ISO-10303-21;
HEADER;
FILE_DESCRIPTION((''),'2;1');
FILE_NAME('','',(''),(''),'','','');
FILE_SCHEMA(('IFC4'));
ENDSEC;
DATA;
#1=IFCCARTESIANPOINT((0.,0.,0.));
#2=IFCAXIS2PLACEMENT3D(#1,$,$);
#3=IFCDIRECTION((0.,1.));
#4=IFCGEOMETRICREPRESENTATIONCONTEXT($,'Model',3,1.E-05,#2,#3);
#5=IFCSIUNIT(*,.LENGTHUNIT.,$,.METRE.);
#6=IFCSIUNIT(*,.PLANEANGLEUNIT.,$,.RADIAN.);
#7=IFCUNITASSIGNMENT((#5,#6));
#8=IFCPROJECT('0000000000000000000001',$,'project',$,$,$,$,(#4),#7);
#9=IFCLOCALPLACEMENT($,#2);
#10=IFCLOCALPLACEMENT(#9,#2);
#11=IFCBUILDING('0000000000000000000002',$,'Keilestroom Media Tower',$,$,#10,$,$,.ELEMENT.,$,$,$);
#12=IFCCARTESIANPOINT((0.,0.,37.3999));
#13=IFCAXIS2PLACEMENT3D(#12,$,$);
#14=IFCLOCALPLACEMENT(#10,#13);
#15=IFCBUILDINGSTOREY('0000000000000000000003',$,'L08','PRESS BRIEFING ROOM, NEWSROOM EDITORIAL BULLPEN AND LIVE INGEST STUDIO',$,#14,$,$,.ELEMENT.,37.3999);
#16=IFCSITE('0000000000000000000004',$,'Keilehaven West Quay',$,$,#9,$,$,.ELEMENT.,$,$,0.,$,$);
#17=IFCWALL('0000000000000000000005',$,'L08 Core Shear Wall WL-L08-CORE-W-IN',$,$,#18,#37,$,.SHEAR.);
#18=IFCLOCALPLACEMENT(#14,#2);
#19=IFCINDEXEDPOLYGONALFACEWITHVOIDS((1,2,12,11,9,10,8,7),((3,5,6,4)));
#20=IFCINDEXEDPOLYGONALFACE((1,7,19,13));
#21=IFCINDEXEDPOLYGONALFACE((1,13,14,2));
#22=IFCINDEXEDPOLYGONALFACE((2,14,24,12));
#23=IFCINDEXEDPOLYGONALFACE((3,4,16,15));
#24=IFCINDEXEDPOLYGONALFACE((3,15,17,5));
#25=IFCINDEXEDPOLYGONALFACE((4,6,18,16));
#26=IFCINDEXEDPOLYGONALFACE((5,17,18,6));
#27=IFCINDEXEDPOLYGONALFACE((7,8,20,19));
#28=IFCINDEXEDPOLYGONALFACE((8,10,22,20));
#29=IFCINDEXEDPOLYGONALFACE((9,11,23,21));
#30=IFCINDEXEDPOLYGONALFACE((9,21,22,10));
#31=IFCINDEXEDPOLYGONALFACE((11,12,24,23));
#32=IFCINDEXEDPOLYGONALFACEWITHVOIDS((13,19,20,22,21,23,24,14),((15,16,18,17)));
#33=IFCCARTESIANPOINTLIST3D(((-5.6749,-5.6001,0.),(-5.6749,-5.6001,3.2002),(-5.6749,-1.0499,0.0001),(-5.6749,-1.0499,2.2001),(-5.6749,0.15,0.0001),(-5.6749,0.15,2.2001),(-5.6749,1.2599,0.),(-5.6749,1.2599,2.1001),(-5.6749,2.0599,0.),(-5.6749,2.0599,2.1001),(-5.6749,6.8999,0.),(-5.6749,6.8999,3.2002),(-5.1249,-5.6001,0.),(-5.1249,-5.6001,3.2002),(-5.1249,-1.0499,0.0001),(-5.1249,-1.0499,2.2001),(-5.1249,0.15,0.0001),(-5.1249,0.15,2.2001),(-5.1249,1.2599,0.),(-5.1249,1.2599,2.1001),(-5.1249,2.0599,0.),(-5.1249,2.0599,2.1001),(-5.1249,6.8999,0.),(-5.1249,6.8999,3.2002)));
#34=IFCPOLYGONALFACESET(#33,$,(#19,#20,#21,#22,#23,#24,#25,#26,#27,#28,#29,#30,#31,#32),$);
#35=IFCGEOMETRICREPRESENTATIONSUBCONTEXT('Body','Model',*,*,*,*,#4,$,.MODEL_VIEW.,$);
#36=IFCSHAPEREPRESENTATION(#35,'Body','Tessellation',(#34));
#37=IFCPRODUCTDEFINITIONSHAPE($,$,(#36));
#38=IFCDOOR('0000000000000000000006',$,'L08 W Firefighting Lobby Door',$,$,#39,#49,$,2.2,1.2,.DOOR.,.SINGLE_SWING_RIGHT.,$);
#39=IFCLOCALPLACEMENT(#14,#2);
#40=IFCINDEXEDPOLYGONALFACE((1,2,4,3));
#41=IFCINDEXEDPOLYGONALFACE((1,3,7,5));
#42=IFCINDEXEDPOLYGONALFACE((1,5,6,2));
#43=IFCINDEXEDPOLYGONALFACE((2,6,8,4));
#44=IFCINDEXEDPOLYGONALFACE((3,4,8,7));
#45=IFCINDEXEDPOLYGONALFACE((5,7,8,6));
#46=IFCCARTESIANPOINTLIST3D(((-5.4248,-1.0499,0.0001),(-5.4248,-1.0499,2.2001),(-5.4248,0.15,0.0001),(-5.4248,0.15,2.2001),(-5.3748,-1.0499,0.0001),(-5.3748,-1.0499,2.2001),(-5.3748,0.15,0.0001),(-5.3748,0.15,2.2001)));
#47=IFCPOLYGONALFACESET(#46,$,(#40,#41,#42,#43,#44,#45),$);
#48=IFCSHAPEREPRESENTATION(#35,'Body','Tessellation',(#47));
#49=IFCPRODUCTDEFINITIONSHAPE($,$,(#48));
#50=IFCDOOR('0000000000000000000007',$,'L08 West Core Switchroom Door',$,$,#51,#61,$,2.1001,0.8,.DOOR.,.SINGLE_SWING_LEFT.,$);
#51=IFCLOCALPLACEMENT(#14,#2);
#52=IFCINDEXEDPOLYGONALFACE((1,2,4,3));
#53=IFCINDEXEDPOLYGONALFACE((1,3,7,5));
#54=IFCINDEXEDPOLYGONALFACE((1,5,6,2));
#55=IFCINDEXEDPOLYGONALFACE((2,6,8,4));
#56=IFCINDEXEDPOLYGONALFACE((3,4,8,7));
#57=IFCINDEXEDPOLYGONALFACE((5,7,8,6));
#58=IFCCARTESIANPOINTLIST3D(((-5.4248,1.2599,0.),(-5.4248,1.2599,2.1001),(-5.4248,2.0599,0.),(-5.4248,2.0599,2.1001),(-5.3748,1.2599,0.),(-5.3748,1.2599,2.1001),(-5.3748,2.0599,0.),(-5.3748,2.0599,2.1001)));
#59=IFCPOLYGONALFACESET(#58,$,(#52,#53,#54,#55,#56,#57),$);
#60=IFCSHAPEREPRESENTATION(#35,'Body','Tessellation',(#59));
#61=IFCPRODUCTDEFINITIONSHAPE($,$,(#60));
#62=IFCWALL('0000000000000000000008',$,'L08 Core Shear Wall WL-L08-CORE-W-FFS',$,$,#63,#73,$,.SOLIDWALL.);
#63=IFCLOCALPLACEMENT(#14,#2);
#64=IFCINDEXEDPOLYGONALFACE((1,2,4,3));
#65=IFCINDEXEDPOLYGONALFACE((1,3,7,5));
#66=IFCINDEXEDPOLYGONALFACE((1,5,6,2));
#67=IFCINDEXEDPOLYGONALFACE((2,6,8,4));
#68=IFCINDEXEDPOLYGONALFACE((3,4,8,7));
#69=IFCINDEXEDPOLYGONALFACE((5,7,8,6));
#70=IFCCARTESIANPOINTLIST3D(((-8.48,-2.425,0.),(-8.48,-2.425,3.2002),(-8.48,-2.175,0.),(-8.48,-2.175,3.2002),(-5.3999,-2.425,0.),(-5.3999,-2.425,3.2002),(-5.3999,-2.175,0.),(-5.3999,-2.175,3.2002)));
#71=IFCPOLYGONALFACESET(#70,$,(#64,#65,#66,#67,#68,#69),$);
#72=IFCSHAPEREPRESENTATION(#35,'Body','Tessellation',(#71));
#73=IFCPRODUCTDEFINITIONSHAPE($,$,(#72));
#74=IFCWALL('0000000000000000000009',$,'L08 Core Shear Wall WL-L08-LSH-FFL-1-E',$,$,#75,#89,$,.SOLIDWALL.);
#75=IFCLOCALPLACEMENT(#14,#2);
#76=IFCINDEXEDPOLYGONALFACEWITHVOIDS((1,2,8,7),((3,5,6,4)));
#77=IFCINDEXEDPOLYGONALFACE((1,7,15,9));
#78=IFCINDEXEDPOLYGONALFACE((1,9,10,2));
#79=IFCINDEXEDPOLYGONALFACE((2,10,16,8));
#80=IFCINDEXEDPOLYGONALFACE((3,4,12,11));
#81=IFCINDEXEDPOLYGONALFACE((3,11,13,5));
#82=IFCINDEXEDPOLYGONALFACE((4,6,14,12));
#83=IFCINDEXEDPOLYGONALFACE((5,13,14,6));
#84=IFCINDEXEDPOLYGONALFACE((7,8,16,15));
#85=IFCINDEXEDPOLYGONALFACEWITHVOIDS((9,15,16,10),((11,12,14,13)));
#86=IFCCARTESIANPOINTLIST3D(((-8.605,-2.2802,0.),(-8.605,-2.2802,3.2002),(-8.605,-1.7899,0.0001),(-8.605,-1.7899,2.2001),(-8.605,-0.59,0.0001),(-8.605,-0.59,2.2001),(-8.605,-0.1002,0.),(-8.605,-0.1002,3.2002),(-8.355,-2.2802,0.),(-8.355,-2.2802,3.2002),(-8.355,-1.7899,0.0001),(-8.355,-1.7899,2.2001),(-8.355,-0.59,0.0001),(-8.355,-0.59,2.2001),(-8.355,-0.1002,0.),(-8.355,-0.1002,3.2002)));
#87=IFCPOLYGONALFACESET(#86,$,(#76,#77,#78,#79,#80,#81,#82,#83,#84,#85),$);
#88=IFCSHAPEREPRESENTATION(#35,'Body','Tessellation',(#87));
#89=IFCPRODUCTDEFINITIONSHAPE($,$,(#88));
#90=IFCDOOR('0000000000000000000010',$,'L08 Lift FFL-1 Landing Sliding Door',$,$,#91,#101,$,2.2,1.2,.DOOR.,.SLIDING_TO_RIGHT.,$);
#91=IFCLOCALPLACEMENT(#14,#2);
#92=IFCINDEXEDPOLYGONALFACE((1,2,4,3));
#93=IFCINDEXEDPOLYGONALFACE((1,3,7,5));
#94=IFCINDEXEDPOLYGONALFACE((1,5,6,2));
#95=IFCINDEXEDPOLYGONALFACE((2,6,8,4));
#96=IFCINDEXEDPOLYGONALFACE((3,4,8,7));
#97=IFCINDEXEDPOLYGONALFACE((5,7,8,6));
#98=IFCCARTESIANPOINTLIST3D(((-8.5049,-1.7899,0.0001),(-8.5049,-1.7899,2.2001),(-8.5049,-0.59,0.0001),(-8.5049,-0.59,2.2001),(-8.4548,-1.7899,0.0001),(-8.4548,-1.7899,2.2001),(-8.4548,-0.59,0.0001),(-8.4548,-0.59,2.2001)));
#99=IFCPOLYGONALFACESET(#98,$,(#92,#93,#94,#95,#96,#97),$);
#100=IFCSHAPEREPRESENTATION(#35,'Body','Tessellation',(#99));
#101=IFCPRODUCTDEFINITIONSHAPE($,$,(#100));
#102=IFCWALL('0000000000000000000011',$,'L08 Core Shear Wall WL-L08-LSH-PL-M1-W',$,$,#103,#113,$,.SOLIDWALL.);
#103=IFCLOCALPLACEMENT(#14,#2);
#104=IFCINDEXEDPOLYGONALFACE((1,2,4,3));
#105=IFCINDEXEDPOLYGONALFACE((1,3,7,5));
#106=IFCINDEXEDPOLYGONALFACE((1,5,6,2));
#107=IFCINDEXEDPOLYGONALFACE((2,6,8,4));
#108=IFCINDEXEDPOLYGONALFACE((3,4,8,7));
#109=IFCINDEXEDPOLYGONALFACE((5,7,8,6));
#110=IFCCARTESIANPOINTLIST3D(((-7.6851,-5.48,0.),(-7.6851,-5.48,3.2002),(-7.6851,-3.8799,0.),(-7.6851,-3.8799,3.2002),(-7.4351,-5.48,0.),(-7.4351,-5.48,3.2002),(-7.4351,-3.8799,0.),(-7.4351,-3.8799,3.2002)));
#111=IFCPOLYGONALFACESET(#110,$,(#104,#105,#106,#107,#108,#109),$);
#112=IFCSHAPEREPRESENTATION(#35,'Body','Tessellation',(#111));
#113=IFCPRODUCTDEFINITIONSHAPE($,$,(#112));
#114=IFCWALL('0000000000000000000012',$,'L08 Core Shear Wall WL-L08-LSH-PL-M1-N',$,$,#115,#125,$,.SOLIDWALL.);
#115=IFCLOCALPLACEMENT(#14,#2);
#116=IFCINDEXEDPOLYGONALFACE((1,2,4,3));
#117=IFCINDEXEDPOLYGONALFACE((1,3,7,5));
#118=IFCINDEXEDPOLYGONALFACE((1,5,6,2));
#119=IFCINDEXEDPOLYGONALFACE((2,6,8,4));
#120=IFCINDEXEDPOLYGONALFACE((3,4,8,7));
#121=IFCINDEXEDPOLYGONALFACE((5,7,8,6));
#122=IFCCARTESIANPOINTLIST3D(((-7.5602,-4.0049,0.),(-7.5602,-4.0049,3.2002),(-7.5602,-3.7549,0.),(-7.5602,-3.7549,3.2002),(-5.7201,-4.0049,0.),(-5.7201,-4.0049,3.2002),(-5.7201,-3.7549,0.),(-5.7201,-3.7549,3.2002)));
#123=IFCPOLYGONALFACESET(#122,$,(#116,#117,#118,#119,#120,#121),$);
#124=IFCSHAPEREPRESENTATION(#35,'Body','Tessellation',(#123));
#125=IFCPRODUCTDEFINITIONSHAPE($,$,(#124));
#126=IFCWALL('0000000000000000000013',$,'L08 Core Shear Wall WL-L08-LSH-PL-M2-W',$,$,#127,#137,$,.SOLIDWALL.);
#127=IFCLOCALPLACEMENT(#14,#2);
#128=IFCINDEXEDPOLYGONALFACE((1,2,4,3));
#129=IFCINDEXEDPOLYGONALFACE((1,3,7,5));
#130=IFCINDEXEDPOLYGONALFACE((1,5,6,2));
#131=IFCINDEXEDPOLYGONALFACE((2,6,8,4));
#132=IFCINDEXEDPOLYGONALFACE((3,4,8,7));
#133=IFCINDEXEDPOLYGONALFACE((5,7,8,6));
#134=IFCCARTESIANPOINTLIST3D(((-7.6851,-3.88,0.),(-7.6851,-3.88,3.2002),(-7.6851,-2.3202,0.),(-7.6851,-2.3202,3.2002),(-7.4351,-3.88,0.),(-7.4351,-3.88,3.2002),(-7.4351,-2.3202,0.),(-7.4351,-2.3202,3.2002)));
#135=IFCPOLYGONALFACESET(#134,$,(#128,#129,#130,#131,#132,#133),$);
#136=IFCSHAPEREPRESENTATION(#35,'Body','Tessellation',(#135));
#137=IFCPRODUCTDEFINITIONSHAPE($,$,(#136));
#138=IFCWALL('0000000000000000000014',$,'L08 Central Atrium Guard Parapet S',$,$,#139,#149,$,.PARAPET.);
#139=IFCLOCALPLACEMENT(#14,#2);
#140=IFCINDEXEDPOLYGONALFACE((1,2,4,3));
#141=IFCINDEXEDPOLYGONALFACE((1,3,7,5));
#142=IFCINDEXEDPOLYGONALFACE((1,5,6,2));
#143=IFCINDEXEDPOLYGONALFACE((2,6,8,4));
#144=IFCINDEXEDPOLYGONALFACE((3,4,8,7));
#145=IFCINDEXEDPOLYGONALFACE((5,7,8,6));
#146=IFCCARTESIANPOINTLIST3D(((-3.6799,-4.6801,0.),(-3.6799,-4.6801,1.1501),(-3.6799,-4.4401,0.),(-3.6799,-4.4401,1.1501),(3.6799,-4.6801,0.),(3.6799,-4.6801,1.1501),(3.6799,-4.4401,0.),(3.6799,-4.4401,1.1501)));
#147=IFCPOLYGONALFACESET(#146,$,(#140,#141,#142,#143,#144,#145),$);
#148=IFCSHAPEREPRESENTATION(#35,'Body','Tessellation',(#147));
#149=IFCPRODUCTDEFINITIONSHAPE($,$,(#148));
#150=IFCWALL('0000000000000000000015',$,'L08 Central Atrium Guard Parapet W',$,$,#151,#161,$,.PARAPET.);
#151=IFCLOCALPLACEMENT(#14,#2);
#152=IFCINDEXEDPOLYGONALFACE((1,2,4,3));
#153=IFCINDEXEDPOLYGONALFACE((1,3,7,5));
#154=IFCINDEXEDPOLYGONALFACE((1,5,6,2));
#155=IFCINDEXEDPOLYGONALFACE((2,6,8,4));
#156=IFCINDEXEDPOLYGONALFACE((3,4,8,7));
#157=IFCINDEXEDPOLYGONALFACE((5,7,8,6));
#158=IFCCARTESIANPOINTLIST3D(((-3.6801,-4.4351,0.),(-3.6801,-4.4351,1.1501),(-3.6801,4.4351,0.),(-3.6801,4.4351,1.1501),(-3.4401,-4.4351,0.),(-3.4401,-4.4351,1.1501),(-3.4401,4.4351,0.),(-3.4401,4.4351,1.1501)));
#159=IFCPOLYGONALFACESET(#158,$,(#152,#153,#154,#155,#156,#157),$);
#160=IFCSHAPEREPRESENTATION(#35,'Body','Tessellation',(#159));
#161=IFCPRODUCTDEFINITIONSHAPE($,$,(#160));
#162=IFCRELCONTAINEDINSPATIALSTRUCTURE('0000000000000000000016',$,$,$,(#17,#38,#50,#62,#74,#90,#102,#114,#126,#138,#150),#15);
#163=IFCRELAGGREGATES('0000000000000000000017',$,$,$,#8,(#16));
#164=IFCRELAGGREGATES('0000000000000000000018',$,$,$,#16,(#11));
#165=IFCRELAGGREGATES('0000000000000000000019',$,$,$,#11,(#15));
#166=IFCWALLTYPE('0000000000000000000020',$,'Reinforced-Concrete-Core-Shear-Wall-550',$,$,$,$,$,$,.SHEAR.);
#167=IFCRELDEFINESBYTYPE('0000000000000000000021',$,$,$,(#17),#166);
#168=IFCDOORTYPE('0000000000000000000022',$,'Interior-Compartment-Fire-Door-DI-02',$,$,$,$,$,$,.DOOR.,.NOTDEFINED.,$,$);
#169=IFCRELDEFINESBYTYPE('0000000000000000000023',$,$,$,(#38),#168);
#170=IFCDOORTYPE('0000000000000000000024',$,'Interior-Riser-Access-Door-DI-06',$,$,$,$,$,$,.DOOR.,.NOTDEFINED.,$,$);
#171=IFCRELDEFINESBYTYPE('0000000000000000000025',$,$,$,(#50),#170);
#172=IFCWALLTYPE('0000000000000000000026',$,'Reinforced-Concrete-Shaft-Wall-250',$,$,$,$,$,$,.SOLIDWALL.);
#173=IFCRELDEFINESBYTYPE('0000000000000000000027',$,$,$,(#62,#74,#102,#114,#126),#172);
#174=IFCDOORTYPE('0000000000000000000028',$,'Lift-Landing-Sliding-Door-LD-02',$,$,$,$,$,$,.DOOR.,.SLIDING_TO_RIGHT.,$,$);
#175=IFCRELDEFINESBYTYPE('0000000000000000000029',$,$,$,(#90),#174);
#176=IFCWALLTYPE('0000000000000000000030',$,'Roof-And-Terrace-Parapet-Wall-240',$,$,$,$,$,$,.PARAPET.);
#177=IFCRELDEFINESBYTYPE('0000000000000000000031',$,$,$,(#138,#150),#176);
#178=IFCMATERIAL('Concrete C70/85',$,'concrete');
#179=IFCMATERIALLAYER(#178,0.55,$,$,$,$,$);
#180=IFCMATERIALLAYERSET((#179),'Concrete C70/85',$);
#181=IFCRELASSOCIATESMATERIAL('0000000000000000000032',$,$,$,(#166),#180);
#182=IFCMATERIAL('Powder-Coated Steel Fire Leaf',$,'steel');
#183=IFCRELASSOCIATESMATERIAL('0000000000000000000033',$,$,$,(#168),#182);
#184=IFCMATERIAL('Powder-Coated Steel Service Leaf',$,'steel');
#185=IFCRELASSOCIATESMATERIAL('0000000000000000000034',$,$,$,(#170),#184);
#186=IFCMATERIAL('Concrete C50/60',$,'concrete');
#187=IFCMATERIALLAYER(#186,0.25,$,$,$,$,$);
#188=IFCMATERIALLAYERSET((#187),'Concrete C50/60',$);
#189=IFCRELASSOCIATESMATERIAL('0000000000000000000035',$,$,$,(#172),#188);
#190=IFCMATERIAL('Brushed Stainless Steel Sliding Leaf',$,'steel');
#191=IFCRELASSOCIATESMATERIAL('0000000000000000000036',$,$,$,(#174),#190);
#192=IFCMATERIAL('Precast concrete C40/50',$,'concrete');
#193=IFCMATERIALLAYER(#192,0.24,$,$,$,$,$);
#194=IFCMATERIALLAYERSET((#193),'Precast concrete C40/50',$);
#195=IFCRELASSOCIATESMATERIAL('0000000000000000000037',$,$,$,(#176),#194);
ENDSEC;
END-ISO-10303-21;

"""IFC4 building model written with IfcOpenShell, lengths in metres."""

from ifc_helpers import new_model, si_unit, direction, frame, frame_2d, origin, place, context, subcontext, project, spatial, rectangle, extrude, source, transform, mapped, material, layer, layer_set, type_object, element, fill, save


model = new_model("IFC4")

# Units and contexts
model_context = context("Model", 3, precision=1e-05, world=origin(), true_north=direction((0.0, 1.0)))
body_context = subcontext(model_context, "Body", "Model", "MODEL_VIEW")
ifc_project = project(units=[si_unit("LENGTHUNIT", "METRE"), si_unit("PLANEANGLEUNIT", "RADIAN")], contexts=[model_context])

# Site, building, storey
site_placement = place(None, origin())
site = spatial("IfcSite", under=ifc_project, at=site_placement, Name="Keilehaven West Quay", CompositionType="ELEMENT", RefElevation=0.0)
building_placement = place(site_placement, origin())
building = spatial("IfcBuilding", under=site, at=building_placement, Name="Keilestroom Media Tower", CompositionType="ELEMENT")
storey_placement = place(building_placement, frame((0.0, 0.0, 37.3999)))
storey = spatial("IfcBuildingStorey", under=building, at=storey_placement, Name="L08", Description="PRESS BRIEFING ROOM, NEWSROOM EDITORIAL BULLPEN AND LIVE INGEST STUDIO", CompositionType="ELEMENT", Elevation=37.3999)

# Shared definitions
ifc_material_1 = material(Name="Concrete C70/85", Category="concrete")

# Wall, openings, doors
ifc_layer_1 = layer(ifc_material_1, 0.55)
ifc_layer_set_1 = layer_set([ifc_layer_1], Name="Concrete C70/85")
wall_type_1 = type_object("IfcWallType", Name="Reinforced-Concrete-Core-Shear-Wall-550", PredefinedType="SHEAR", material=ifc_layer_set_1)
wall_1_placement = place(storey_placement, frame((-5.3999, -5.6001, 0.0), z_axis=(0.0, 0.0, 1.0), x_axis=(0.0, 1.0, 0.0)))
wall_1 = element("IfcWall", 1, at=wall_1_placement, inside=storey, type_object=wall_type_1, Name="L08 Core Shear Wall WL-L08-CORE-W-IN", PredefinedType="SHEAR", context=body_context, shape_type="SweptSolid", body=[
    extrude(rectangle(XDim=12.5, YDim=0.55, at=frame_2d((6.25, 0.0))), origin(), (0.0, 0.0, 1.0), 3.2002),
])
opening_1_placement = place(wall_1_placement, frame((4.55, 0.0, 0.0)))
opening_1 = element("IfcOpeningElement", 2, at=opening_1_placement, cuts=wall_1, PredefinedType="OPENING", context=body_context, shape_type="SweptSolid", body=[
    extrude(rectangle(XDim=1.2, YDim=2.2, at=frame_2d((0.6001, 1.1001))), frame((0.0, 0.2852, 0.0), z_axis=(0.0, -1.0, 0.0), x_axis=(1.0, 0.0, 0.0)), (0.0, 0.0, 1.0), 0.5701),
])
opening_2_placement = place(wall_1_placement, frame((6.8601, 0.0, 0.0)))
opening_2 = element("IfcOpeningElement", 3, at=opening_2_placement, cuts=wall_1, PredefinedType="OPENING", context=body_context, shape_type="SweptSolid", body=[
    extrude(rectangle(XDim=0.8, YDim=2.1001, at=frame_2d((0.3999, 1.05))), frame((0.0, 0.2852, 0.0), z_axis=(0.0, -1.0, 0.0), x_axis=(1.0, 0.0, 0.0)), (0.0, 0.0, 1.0), 0.5701),
])
ifc_material_2 = material(Name="Powder-Coated Steel Fire Leaf", Category="steel")
door_type_1 = type_object("IfcDoorType", Name="Interior-Compartment-Fire-Door-DI-02", OperationType="NOTDEFINED", PredefinedType="DOOR", material=ifc_material_2)
shared_shape_1 = source(origin(), body_context, "Body", "SweptSolid", [
    extrude(rectangle(XDim=1.2, YDim=2.2, at=frame_2d((0.6001, 1.1001))), frame((0.0, 0.0249, 0.0), z_axis=(0.0, -1.0, 0.0), x_axis=(1.0, 0.0, 0.0)), (0.0, 0.0, 1.0), 0.05),
])
door_1_placement = place(opening_1_placement, origin())
door_1 = element("IfcDoor", 4, at=door_1_placement, inside=storey, type_object=door_type_1, Name="L08 W Firefighting Lobby Door", OperationType="SINGLE_SWING_RIGHT", OverallHeight=2.2, OverallWidth=1.2, PredefinedType="DOOR", context=body_context, shape_type="MappedRepresentation", body=[
    mapped(shared_shape_1, transform((0.0, 0.0, 0.0), x_axis=(1.0, 0.0, 0.0), y_axis=(0.0, 1.0, 0.0), z_axis=(0.0, 0.0, 1.0), scale=1.0)),
])
fill(opening_1, door_1)
ifc_material_3 = material(Name="Powder-Coated Steel Service Leaf", Category="steel")
door_type_2 = type_object("IfcDoorType", Name="Interior-Riser-Access-Door-DI-06", OperationType="NOTDEFINED", PredefinedType="DOOR", material=ifc_material_3)
shared_shape_2 = source(origin(), body_context, "Body", "SweptSolid", [
    extrude(rectangle(XDim=0.8, YDim=2.1001, at=frame_2d((0.3999, 1.05))), frame((0.0, 0.0249, 0.0), z_axis=(0.0, -1.0, 0.0), x_axis=(1.0, 0.0, 0.0)), (0.0, 0.0, 1.0), 0.05),
])
door_2_placement = place(opening_2_placement, origin())
door_2 = element("IfcDoor", 5, at=door_2_placement, inside=storey, type_object=door_type_2, Name="L08 West Core Switchroom Door", OperationType="SINGLE_SWING_LEFT", OverallHeight=2.1001, OverallWidth=0.8, PredefinedType="DOOR", context=body_context, shape_type="MappedRepresentation", body=[
    mapped(shared_shape_2, transform((0.0, 0.0, 0.0), x_axis=(1.0, 0.0, 0.0), y_axis=(0.0, 1.0, 0.0), z_axis=(0.0, 0.0, 1.0), scale=1.0)),
])
fill(opening_2, door_2)

# Wall
ifc_material_4 = material(Name="Concrete C50/60", Category="concrete")
ifc_layer_2 = layer(ifc_material_4, 0.25)
ifc_layer_set_2 = layer_set([ifc_layer_2], Name="Concrete C50/60")
wall_type_2 = type_object("IfcWallType", Name="Reinforced-Concrete-Shaft-Wall-250", PredefinedType="SOLIDWALL", material=ifc_layer_set_2)
wall_2_placement = place(storey_placement, frame((-8.48, -2.3, 0.0), z_axis=(0.0, 0.0, 1.0), x_axis=(1.0, 0.0, 0.0)))
element("IfcWall", 6, at=wall_2_placement, inside=storey, type_object=wall_type_2, Name="L08 Core Shear Wall WL-L08-CORE-W-FFS", PredefinedType="SOLIDWALL", context=body_context, shape_type="SweptSolid", body=[
    extrude(rectangle(XDim=3.0801, YDim=0.25, at=frame_2d((1.54, 0.0))), origin(), (0.0, 0.0, 1.0), 3.2002),
])

# Wall, opening, door
wall_3_placement = place(storey_placement, frame((-8.48, -2.28, 0.0), z_axis=(0.0, 0.0, 1.0), x_axis=(0.0, 1.0, 0.0)))
wall_3 = element("IfcWall", 7, at=wall_3_placement, inside=storey, type_object=wall_type_2, Name="L08 Core Shear Wall WL-L08-LSH-FFL-1-E", PredefinedType="SOLIDWALL", context=body_context, shape_type="SweptSolid", body=[
    extrude(rectangle(XDim=2.1799, YDim=0.25, at=frame_2d((1.0898, 0.0))), origin(), (0.0, 0.0, 1.0), 3.2002),
])
opening_3_placement = place(wall_3_placement, frame((0.49, 0.0, 0.0)))
opening_3 = element("IfcOpeningElement", 8, at=opening_3_placement, cuts=wall_3, PredefinedType="OPENING", context=body_context, shape_type="SweptSolid", body=[
    extrude(rectangle(XDim=1.2, YDim=2.2, at=frame_2d((0.6001, 1.1001))), frame((0.0, 0.135, 0.0), z_axis=(0.0, -1.0, 0.0), x_axis=(1.0, 0.0, 0.0)), (0.0, 0.0, 1.0), 0.27),
])
ifc_material_5 = material(Name="Brushed Stainless Steel Sliding Leaf", Category="steel")
door_type_3 = type_object("IfcDoorType", Name="Lift-Landing-Sliding-Door-LD-02", OperationType="SLIDING_TO_RIGHT", PredefinedType="DOOR", material=ifc_material_5)
door_3_placement = place(opening_3_placement, origin())
door_3 = element("IfcDoor", 9, at=door_3_placement, inside=storey, type_object=door_type_3, Name="L08 Lift FFL-1 Landing Sliding Door", OperationType="SLIDING_TO_RIGHT", OverallHeight=2.2, OverallWidth=1.2, PredefinedType="DOOR", context=body_context, shape_type="MappedRepresentation", body=[
    mapped(shared_shape_1, transform((0.0, 0.0, 0.0), x_axis=(1.0, 0.0, 0.0), y_axis=(0.0, 1.0, 0.0), z_axis=(0.0, 0.0, 1.0), scale=1.0)),
])
fill(opening_3, door_3)

# Walls
wall_4_placement = place(storey_placement, frame((-7.5601, -5.48, 0.0), z_axis=(0.0, 0.0, 1.0), x_axis=(0.0, 1.0, 0.0)))
element("IfcWall", 10, at=wall_4_placement, inside=storey, type_object=wall_type_2, Name="L08 Core Shear Wall WL-L08-LSH-PL-M1-W", PredefinedType="SOLIDWALL", context=body_context, shape_type="SweptSolid", body=[
    extrude(rectangle(XDim=1.6001, YDim=0.25, at=frame_2d((0.8, 0.0))), origin(), (0.0, 0.0, 1.0), 3.2002),
])
wall_5_placement = place(storey_placement, frame((-7.5601, -3.8799, 0.0), z_axis=(0.0, 0.0, 1.0), x_axis=(1.0, 0.0, 0.0)))
element("IfcWall", 11, at=wall_5_placement, inside=storey, type_object=wall_type_2, Name="L08 Core Shear Wall WL-L08-LSH-PL-M1-N", PredefinedType="SOLIDWALL", context=body_context, shape_type="SweptSolid", body=[
    extrude(rectangle(XDim=1.8401, YDim=0.25, at=frame_2d((0.9199, 0.0))), origin(), (0.0, 0.0, 1.0), 3.2002),
])
wall_6_placement = place(storey_placement, frame((-7.5601, -3.8799, 0.0), z_axis=(0.0, 0.0, 1.0), x_axis=(0.0, 1.0, 0.0)))
element("IfcWall", 12, at=wall_6_placement, inside=storey, type_object=wall_type_2, Name="L08 Core Shear Wall WL-L08-LSH-PL-M2-W", PredefinedType="SOLIDWALL", context=body_context, shape_type="SweptSolid", body=[
    extrude(rectangle(XDim=1.5598, YDim=0.25, at=frame_2d((0.7798, 0.0))), origin(), (0.0, 0.0, 1.0), 3.2002),
])
ifc_material_6 = material(Name="Precast concrete C40/50", Category="concrete")
ifc_layer_3 = layer(ifc_material_6, 0.24)
ifc_layer_set_3 = layer_set([ifc_layer_3], Name="Precast concrete C40/50")
wall_type_3 = type_object("IfcWallType", Name="Roof-And-Terrace-Parapet-Wall-240", PredefinedType="PARAPET", material=ifc_layer_set_3)
wall_7_placement = place(storey_placement, frame((-3.6799, -4.5601, 0.0), z_axis=(0.0, 0.0, 1.0), x_axis=(1.0, 0.0, 0.0)))
element("IfcWall", 13, at=wall_7_placement, inside=storey, type_object=wall_type_3, Name="L08 Central Atrium Guard Parapet S", PredefinedType="PARAPET", context=body_context, shape_type="SweptSolid", body=[
    extrude(rectangle(XDim=7.3599, YDim=0.24, at=frame_2d((3.6799, 0.0))), origin(), (0.0, 0.0, 1.0), 1.1501),
])
wall_8_placement = place(storey_placement, frame((-3.5601, -4.4351, 0.0), z_axis=(0.0, 0.0, 1.0), x_axis=(0.0, 1.0, 0.0)))
element("IfcWall", 14, at=wall_8_placement, inside=storey, type_object=wall_type_3, Name="L08 Central Atrium Guard Parapet W", PredefinedType="PARAPET", context=body_context, shape_type="SweptSolid", body=[
    extrude(rectangle(XDim=8.8701, YDim=0.24, at=frame_2d((4.4351, 0.0))), origin(), (0.0, 0.0, 1.0), 1.1501),
])

save(model, "model.ifc")
